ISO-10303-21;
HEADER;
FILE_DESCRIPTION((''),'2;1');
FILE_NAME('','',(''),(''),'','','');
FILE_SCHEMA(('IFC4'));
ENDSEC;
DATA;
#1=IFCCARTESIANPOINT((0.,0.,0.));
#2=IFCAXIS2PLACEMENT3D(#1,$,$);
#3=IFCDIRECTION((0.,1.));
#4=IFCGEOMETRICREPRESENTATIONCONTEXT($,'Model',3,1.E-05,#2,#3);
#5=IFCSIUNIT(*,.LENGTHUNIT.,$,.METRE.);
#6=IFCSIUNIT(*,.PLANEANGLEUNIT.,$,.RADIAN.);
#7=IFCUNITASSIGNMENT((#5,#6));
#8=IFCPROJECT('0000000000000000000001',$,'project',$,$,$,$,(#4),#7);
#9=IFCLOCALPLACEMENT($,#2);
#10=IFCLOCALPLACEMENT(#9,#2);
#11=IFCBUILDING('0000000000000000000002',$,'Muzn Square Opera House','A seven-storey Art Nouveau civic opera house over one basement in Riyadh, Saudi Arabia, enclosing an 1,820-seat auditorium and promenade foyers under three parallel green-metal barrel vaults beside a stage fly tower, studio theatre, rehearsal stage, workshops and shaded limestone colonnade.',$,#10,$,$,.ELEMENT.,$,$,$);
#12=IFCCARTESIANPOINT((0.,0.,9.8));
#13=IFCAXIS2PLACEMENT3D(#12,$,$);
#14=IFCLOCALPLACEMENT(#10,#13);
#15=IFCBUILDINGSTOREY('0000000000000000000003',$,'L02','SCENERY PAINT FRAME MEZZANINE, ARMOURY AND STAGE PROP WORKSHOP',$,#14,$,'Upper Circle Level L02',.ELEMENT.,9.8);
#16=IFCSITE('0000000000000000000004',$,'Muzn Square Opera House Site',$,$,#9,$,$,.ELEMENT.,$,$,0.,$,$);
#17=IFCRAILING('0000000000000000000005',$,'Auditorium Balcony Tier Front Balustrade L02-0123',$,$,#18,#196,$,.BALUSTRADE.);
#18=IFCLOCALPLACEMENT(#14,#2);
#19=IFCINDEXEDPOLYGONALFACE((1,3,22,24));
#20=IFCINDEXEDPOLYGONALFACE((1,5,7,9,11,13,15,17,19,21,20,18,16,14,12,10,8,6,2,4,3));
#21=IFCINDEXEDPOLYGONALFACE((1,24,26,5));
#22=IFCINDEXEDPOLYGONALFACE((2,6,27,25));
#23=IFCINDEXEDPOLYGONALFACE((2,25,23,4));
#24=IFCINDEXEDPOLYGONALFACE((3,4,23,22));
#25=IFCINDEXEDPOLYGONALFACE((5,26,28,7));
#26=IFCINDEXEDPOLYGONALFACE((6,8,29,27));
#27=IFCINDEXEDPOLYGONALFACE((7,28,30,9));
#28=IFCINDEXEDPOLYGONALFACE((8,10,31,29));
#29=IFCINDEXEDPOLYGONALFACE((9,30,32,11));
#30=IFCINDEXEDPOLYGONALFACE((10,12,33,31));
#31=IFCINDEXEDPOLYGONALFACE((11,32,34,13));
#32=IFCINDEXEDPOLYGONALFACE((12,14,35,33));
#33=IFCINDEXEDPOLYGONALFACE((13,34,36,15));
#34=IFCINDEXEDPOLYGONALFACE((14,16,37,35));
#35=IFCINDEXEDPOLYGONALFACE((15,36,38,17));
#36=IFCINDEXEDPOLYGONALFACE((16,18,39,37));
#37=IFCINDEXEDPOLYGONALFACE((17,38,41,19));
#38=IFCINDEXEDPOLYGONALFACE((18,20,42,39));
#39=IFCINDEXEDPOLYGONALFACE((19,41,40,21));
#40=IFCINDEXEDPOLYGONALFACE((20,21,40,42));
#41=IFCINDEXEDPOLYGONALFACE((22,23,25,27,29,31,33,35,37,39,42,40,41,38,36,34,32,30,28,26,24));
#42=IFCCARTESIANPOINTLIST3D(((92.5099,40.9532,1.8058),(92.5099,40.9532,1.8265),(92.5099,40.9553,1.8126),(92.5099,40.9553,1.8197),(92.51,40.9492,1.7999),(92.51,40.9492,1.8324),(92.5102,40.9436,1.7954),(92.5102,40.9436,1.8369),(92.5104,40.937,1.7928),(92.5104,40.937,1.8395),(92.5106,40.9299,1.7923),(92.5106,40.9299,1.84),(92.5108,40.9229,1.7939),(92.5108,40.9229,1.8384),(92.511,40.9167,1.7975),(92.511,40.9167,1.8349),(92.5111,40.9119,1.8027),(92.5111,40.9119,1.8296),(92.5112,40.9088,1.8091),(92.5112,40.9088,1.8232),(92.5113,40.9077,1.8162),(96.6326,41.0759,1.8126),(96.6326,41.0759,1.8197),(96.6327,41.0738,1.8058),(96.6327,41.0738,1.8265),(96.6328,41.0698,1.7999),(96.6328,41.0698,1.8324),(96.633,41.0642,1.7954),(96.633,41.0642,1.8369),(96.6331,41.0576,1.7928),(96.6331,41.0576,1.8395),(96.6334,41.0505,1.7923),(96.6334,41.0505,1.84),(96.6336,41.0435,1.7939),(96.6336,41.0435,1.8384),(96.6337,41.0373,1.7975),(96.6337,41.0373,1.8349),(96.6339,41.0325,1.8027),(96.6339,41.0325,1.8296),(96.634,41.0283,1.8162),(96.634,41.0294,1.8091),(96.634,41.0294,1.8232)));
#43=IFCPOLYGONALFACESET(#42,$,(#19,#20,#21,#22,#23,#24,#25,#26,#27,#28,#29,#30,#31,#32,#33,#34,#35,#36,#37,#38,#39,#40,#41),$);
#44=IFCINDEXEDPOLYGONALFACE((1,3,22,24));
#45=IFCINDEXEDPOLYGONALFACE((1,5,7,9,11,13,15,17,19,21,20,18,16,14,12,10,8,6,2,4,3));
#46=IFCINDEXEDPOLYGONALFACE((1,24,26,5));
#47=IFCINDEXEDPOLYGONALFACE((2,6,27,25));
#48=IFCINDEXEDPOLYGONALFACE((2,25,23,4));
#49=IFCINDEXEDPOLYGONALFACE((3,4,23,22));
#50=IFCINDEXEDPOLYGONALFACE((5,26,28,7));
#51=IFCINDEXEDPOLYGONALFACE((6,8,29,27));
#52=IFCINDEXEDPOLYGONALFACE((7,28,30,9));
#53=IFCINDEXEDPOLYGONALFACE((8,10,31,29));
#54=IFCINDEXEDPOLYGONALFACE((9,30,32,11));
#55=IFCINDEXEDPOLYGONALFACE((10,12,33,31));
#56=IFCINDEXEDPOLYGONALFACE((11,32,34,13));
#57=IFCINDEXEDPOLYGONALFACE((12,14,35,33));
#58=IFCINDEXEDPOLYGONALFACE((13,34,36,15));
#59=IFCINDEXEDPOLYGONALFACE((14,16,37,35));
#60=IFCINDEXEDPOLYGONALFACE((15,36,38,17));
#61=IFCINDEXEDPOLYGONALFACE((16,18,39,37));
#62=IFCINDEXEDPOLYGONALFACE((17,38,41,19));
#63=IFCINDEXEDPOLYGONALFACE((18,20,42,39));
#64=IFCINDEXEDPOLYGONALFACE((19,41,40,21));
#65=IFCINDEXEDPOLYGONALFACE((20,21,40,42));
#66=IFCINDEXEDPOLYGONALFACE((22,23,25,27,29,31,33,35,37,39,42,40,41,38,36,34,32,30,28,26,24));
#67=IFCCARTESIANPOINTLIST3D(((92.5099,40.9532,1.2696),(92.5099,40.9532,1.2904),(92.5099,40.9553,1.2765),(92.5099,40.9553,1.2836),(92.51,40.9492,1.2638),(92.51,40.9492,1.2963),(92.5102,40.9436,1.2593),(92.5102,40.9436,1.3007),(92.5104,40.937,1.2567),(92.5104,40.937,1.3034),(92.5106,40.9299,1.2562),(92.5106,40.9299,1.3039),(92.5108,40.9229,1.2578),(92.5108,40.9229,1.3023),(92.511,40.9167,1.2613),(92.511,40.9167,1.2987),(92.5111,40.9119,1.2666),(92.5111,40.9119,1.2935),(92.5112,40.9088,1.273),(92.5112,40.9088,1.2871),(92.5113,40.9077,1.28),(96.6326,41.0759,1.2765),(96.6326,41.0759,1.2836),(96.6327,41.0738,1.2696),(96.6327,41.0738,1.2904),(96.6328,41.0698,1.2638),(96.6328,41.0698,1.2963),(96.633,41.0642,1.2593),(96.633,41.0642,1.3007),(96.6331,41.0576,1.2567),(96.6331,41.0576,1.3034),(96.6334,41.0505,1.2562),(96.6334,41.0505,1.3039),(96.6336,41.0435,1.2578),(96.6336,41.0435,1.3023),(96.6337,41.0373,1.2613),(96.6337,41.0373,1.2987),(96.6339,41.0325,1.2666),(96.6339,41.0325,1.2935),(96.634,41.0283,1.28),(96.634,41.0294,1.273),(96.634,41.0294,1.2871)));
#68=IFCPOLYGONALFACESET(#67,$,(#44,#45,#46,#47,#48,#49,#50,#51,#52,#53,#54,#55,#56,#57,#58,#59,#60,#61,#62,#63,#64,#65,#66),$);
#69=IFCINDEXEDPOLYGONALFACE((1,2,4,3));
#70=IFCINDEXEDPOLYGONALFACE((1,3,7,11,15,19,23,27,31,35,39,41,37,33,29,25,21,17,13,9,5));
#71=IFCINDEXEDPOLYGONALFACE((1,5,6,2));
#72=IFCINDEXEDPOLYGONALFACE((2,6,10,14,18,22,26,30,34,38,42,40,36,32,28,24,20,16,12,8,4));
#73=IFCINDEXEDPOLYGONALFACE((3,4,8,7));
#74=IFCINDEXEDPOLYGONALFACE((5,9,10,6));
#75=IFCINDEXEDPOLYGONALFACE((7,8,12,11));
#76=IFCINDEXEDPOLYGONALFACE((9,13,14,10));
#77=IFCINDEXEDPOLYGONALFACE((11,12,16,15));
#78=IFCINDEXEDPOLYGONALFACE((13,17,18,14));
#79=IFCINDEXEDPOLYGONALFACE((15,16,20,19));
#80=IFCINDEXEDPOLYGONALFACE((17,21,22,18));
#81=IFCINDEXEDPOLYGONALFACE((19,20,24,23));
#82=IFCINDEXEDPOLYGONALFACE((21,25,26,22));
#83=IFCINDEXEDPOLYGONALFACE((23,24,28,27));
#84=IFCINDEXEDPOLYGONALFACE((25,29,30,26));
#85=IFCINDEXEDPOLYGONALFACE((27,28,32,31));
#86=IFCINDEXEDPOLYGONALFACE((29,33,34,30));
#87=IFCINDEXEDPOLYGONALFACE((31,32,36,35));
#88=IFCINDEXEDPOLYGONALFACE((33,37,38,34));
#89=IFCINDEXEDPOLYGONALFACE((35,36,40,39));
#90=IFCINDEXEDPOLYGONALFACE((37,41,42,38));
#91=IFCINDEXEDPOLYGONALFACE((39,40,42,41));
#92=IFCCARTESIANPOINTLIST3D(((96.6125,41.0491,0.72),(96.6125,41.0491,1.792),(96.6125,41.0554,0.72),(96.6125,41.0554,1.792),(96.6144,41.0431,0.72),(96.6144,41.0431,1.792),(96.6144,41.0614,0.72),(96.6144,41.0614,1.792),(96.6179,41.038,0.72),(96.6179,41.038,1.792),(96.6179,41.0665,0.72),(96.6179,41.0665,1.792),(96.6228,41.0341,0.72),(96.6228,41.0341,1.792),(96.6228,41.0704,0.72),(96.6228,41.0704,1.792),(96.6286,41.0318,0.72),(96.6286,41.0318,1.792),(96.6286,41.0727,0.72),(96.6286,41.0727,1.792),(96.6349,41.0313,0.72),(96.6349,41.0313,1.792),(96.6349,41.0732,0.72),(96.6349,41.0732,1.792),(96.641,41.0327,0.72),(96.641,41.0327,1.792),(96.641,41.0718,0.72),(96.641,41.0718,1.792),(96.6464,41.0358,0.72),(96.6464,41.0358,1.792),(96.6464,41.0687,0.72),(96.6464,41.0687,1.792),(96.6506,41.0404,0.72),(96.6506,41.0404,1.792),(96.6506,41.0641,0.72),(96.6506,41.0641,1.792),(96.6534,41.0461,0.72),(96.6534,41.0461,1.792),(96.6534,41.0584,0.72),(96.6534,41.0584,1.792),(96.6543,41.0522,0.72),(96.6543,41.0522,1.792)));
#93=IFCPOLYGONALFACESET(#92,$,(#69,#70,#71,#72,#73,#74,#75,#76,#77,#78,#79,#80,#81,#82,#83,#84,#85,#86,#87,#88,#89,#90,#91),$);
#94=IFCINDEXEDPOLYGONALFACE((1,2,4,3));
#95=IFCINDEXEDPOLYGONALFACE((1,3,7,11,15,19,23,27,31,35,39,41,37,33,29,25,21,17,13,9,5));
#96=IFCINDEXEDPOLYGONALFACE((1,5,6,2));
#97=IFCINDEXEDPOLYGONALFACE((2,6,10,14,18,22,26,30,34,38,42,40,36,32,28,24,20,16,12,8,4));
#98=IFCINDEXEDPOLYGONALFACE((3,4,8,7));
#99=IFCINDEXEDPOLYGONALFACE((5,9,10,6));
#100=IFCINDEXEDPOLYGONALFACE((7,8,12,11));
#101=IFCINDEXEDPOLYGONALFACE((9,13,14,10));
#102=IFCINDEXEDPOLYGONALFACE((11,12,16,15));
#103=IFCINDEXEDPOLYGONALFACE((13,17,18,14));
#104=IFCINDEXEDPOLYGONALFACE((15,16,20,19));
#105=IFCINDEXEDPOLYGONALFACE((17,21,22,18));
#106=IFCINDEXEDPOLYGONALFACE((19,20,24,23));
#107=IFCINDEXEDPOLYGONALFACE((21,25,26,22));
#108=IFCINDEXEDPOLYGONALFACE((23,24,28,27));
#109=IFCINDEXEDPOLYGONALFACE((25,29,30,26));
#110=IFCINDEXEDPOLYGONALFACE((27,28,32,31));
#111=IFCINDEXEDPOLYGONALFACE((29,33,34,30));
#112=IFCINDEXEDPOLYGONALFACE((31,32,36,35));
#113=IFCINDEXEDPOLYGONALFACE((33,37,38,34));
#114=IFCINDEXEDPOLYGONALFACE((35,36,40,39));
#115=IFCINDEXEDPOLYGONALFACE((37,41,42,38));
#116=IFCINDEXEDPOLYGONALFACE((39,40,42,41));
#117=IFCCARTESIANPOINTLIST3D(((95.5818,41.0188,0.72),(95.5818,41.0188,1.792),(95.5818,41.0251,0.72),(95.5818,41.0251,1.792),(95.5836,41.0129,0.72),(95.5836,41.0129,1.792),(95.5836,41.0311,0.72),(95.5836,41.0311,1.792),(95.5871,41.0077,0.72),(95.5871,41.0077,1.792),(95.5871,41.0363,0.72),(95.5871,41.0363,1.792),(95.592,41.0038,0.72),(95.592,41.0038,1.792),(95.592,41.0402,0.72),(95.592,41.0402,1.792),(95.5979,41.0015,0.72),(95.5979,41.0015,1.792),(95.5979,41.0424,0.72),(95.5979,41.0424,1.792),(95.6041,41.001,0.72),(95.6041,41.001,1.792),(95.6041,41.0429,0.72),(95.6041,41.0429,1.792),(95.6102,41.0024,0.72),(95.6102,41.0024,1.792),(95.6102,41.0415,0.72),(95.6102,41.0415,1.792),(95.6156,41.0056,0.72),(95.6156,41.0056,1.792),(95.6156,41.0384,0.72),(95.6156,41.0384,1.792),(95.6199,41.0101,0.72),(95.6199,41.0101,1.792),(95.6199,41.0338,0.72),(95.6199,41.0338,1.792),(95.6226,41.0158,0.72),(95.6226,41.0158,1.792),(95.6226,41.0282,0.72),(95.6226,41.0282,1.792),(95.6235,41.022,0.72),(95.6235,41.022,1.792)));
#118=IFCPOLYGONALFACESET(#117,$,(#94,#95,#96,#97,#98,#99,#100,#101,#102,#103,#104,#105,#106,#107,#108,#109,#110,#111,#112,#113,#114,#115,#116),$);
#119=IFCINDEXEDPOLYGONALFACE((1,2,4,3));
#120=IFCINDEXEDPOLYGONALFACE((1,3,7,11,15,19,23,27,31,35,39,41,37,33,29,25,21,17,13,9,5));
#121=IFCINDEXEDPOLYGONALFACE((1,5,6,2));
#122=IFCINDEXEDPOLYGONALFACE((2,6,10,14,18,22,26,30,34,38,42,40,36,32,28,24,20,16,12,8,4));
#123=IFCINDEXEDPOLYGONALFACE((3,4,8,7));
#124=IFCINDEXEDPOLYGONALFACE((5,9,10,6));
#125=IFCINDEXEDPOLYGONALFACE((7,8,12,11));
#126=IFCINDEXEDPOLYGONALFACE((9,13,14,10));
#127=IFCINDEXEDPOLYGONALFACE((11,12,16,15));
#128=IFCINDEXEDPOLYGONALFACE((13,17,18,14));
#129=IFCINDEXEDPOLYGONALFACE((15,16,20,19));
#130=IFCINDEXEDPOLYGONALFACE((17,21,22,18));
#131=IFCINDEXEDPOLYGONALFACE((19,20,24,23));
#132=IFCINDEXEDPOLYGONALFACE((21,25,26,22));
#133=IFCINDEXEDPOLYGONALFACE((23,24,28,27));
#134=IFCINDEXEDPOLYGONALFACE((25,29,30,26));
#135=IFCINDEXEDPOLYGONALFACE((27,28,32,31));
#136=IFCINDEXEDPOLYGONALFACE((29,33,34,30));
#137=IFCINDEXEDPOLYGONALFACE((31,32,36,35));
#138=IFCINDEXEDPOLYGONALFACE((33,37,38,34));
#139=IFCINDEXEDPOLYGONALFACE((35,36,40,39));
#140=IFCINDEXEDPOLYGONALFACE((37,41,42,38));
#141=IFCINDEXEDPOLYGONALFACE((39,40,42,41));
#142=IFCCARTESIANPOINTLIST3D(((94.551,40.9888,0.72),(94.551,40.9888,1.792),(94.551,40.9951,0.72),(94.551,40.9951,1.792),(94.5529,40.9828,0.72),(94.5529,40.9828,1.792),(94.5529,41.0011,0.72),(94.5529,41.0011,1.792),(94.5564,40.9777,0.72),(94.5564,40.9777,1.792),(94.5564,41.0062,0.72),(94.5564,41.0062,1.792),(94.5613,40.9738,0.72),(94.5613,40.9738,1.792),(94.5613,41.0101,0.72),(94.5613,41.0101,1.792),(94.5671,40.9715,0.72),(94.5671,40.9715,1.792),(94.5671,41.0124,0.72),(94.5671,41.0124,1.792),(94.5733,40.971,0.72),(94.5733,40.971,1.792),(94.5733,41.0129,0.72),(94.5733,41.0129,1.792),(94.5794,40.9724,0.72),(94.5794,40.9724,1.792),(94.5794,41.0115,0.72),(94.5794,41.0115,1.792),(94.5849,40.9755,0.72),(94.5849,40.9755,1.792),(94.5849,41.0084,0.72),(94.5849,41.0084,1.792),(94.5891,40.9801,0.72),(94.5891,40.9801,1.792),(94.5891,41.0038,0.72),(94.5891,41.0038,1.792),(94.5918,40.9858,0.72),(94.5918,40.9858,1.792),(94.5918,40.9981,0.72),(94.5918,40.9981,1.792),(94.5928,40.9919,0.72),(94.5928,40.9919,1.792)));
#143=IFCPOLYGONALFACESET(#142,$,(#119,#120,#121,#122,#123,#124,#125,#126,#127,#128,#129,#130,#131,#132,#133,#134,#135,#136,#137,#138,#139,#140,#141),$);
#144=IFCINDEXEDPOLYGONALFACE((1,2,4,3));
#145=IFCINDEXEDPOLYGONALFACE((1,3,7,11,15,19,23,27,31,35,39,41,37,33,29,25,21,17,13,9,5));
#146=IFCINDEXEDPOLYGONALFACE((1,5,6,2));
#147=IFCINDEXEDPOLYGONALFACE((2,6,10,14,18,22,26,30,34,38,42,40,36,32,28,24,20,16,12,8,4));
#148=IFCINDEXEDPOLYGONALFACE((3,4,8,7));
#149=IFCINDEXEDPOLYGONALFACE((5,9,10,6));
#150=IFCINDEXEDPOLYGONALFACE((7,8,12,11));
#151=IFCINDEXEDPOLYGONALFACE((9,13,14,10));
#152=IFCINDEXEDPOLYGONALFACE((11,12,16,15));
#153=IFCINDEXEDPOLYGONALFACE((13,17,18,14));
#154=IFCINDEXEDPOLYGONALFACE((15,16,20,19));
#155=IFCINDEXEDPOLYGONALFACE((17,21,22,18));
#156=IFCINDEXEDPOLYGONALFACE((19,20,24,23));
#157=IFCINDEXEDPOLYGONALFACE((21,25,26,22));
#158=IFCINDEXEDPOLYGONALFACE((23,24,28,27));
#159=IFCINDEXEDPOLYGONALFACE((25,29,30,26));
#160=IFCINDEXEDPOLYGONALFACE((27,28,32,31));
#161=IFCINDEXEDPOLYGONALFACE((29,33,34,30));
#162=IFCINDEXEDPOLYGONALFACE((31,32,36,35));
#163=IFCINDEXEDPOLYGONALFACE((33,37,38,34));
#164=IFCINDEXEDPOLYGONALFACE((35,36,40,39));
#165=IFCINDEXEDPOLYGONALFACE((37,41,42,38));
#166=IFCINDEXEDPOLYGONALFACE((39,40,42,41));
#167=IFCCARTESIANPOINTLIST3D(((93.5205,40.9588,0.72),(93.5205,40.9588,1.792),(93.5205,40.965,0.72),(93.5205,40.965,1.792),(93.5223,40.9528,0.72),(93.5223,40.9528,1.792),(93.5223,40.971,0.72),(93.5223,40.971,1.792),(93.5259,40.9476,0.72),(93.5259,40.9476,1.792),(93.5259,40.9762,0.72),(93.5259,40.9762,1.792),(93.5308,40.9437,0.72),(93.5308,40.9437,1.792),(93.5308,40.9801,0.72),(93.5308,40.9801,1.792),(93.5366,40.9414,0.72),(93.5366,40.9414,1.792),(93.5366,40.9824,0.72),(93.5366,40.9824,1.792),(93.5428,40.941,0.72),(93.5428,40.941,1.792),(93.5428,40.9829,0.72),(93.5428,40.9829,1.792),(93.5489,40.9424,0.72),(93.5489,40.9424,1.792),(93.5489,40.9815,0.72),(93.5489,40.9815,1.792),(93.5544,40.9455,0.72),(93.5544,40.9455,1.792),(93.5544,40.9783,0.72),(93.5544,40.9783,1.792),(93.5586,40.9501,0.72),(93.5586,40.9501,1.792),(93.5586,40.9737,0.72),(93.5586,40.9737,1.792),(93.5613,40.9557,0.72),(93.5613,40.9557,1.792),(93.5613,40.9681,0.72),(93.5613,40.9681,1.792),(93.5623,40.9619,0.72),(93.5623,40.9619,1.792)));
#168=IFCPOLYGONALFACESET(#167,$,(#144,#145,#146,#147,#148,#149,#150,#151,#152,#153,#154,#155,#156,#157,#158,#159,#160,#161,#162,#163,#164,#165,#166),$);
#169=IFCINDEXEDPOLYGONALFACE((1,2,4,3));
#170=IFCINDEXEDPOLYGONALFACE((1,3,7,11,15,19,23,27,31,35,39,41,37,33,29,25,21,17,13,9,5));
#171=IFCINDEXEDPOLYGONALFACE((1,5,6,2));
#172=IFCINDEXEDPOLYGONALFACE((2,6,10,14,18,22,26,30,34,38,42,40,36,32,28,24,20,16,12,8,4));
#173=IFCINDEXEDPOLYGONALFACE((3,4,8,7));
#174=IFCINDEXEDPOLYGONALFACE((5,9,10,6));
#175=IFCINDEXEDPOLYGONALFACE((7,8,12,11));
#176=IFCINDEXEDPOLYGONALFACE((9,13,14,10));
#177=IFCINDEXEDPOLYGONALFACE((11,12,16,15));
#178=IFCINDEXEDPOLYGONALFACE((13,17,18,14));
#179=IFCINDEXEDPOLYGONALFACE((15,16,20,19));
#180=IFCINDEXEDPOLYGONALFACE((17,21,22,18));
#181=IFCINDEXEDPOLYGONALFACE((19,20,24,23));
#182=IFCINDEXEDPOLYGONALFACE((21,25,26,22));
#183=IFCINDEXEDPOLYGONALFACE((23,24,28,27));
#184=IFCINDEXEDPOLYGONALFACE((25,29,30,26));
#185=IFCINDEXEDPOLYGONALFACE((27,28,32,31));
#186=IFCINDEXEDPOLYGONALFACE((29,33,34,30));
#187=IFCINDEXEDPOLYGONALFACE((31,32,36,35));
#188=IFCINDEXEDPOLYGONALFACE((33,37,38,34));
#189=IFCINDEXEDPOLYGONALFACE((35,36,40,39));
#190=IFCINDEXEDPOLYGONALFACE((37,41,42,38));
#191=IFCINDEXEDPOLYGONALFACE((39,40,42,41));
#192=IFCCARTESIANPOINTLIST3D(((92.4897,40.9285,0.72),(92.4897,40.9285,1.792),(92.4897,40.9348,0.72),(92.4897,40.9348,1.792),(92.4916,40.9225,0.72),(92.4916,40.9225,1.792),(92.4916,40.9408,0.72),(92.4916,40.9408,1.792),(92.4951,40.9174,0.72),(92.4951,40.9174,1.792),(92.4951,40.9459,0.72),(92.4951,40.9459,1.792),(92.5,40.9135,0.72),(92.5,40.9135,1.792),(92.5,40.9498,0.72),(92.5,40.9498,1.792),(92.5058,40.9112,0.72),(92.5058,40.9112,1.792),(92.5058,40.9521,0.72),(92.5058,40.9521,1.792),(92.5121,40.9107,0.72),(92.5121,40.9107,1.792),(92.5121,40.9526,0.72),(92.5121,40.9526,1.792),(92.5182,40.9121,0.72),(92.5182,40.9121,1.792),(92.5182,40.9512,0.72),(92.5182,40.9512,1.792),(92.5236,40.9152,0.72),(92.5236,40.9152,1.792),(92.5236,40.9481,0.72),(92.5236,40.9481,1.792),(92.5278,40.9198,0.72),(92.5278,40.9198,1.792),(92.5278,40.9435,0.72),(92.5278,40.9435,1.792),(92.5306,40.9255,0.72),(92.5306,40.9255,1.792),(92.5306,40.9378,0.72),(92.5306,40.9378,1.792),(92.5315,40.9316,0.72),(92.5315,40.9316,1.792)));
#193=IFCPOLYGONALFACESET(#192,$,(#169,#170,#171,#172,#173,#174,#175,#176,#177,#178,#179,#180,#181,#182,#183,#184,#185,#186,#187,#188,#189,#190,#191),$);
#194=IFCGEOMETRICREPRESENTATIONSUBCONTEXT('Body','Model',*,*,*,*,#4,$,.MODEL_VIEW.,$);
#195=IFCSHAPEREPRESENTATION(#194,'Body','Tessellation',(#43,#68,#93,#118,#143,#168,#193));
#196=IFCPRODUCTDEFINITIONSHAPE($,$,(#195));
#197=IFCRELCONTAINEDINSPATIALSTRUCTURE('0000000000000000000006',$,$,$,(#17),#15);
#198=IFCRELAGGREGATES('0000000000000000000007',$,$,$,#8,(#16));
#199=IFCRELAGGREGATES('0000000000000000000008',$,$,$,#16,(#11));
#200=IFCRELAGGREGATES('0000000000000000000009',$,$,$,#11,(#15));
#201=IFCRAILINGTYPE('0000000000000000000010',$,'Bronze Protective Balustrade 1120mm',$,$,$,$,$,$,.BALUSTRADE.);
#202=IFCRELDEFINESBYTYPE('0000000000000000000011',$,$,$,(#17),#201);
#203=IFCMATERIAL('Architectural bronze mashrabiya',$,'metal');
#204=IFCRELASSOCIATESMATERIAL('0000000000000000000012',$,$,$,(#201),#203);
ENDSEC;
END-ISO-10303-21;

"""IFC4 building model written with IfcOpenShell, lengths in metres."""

from ifc_helpers import new_model, si_unit, direction, frame, origin, origin_2d, place, context, subcontext, project, spatial, circle, extrude, material, type_object, element, save


model = new_model("IFC4")

# Units and contexts
model_context = context("Model", 3, precision=1e-05, world=origin(), true_north=direction((0.0, 1.0)))
body_context = subcontext(model_context, "Body", "Model", "MODEL_VIEW")
ifc_project = project(units=[si_unit("LENGTHUNIT", "METRE"), si_unit("PLANEANGLEUNIT", "RADIAN")], contexts=[model_context])

# Site, building, storey
site_placement = place(None, origin())
site = spatial("IfcSite", under=ifc_project, at=site_placement, Name="Muzn Square Opera House Site", CompositionType="ELEMENT", RefElevation=0.0)
building_placement = place(site_placement, origin())
building = spatial("IfcBuilding", under=site, at=building_placement, Name="Muzn Square Opera House", Description="A seven-storey Art Nouveau civic opera house over one basement in Riyadh, Saudi Arabia, enclosing an 1,820-seat auditorium and promenade foyers under three parallel green-metal barrel vaults beside a stage fly tower, studio theatre, rehearsal stage, workshops and shaded limestone colonnade.", CompositionType="ELEMENT")
storey_placement = place(building_placement, frame((0.0, 0.0, 9.8)))
storey = spatial("IfcBuildingStorey", under=building, at=storey_placement, Name="L02", Description="SCENERY PAINT FRAME MEZZANINE, ARMOURY AND STAGE PROP WORKSHOP", LongName="Upper Circle Level L02", CompositionType="ELEMENT", Elevation=9.8)

# Railing
ifc_material_1 = material(Name="Architectural bronze mashrabiya", Category="metal")
railing_type = type_object("IfcRailingType", Name="Bronze Protective Balustrade 1120mm", PredefinedType="BALUSTRADE", material=ifc_material_1)
railing_1_placement = place(storey_placement, frame((96.6333, 41.0522, 0.72)))
element("IfcRailing", 1, at=railing_1_placement, inside=storey, type_object=railing_type, Name="Auditorium Balcony Tier Front Balustrade L02-0123", PredefinedType="BALUSTRADE", context=body_context, shape_type="SweptSolid", body=[
    extrude(circle(Radius=0.0239, at=origin_2d()), frame((0.0, 0.0, 1.0962), z_axis=(-0.999572, -0.029241, 0.0), x_axis=(0.029241, -0.999572, 0.0)), (0.0, 0.0, 1.0), 4.1245),
    extrude(circle(Radius=0.0239, at=origin_2d()), frame((0.0, 0.0, 0.5601), z_axis=(-0.999572, -0.029241, 0.0), x_axis=(0.029241, -0.999572, 0.0)), (0.0, 0.0, 1.0), 4.1245),
    extrude(circle(Radius=0.021, at=origin_2d()), origin(), (0.0, 0.0, 1.0), 1.072),
    extrude(circle(Radius=0.021, at=origin_2d()), frame((-1.0308, -0.0303, 0.0)), (0.0, 0.0, 1.0), 1.072),
    extrude(circle(Radius=0.021, at=origin_2d()), frame((-2.0615, -0.0603, 0.0)), (0.0, 0.0, 1.0), 1.072),
    extrude(circle(Radius=0.021, at=origin_2d()), frame((-3.092, -0.0903, 0.0)), (0.0, 0.0, 1.0), 1.072),
    extrude(circle(Radius=0.021, at=origin_2d()), frame((-4.1228, -0.1206, 0.0)), (0.0, 0.0, 1.0), 1.072),
])

save(model, "model.ifc")
